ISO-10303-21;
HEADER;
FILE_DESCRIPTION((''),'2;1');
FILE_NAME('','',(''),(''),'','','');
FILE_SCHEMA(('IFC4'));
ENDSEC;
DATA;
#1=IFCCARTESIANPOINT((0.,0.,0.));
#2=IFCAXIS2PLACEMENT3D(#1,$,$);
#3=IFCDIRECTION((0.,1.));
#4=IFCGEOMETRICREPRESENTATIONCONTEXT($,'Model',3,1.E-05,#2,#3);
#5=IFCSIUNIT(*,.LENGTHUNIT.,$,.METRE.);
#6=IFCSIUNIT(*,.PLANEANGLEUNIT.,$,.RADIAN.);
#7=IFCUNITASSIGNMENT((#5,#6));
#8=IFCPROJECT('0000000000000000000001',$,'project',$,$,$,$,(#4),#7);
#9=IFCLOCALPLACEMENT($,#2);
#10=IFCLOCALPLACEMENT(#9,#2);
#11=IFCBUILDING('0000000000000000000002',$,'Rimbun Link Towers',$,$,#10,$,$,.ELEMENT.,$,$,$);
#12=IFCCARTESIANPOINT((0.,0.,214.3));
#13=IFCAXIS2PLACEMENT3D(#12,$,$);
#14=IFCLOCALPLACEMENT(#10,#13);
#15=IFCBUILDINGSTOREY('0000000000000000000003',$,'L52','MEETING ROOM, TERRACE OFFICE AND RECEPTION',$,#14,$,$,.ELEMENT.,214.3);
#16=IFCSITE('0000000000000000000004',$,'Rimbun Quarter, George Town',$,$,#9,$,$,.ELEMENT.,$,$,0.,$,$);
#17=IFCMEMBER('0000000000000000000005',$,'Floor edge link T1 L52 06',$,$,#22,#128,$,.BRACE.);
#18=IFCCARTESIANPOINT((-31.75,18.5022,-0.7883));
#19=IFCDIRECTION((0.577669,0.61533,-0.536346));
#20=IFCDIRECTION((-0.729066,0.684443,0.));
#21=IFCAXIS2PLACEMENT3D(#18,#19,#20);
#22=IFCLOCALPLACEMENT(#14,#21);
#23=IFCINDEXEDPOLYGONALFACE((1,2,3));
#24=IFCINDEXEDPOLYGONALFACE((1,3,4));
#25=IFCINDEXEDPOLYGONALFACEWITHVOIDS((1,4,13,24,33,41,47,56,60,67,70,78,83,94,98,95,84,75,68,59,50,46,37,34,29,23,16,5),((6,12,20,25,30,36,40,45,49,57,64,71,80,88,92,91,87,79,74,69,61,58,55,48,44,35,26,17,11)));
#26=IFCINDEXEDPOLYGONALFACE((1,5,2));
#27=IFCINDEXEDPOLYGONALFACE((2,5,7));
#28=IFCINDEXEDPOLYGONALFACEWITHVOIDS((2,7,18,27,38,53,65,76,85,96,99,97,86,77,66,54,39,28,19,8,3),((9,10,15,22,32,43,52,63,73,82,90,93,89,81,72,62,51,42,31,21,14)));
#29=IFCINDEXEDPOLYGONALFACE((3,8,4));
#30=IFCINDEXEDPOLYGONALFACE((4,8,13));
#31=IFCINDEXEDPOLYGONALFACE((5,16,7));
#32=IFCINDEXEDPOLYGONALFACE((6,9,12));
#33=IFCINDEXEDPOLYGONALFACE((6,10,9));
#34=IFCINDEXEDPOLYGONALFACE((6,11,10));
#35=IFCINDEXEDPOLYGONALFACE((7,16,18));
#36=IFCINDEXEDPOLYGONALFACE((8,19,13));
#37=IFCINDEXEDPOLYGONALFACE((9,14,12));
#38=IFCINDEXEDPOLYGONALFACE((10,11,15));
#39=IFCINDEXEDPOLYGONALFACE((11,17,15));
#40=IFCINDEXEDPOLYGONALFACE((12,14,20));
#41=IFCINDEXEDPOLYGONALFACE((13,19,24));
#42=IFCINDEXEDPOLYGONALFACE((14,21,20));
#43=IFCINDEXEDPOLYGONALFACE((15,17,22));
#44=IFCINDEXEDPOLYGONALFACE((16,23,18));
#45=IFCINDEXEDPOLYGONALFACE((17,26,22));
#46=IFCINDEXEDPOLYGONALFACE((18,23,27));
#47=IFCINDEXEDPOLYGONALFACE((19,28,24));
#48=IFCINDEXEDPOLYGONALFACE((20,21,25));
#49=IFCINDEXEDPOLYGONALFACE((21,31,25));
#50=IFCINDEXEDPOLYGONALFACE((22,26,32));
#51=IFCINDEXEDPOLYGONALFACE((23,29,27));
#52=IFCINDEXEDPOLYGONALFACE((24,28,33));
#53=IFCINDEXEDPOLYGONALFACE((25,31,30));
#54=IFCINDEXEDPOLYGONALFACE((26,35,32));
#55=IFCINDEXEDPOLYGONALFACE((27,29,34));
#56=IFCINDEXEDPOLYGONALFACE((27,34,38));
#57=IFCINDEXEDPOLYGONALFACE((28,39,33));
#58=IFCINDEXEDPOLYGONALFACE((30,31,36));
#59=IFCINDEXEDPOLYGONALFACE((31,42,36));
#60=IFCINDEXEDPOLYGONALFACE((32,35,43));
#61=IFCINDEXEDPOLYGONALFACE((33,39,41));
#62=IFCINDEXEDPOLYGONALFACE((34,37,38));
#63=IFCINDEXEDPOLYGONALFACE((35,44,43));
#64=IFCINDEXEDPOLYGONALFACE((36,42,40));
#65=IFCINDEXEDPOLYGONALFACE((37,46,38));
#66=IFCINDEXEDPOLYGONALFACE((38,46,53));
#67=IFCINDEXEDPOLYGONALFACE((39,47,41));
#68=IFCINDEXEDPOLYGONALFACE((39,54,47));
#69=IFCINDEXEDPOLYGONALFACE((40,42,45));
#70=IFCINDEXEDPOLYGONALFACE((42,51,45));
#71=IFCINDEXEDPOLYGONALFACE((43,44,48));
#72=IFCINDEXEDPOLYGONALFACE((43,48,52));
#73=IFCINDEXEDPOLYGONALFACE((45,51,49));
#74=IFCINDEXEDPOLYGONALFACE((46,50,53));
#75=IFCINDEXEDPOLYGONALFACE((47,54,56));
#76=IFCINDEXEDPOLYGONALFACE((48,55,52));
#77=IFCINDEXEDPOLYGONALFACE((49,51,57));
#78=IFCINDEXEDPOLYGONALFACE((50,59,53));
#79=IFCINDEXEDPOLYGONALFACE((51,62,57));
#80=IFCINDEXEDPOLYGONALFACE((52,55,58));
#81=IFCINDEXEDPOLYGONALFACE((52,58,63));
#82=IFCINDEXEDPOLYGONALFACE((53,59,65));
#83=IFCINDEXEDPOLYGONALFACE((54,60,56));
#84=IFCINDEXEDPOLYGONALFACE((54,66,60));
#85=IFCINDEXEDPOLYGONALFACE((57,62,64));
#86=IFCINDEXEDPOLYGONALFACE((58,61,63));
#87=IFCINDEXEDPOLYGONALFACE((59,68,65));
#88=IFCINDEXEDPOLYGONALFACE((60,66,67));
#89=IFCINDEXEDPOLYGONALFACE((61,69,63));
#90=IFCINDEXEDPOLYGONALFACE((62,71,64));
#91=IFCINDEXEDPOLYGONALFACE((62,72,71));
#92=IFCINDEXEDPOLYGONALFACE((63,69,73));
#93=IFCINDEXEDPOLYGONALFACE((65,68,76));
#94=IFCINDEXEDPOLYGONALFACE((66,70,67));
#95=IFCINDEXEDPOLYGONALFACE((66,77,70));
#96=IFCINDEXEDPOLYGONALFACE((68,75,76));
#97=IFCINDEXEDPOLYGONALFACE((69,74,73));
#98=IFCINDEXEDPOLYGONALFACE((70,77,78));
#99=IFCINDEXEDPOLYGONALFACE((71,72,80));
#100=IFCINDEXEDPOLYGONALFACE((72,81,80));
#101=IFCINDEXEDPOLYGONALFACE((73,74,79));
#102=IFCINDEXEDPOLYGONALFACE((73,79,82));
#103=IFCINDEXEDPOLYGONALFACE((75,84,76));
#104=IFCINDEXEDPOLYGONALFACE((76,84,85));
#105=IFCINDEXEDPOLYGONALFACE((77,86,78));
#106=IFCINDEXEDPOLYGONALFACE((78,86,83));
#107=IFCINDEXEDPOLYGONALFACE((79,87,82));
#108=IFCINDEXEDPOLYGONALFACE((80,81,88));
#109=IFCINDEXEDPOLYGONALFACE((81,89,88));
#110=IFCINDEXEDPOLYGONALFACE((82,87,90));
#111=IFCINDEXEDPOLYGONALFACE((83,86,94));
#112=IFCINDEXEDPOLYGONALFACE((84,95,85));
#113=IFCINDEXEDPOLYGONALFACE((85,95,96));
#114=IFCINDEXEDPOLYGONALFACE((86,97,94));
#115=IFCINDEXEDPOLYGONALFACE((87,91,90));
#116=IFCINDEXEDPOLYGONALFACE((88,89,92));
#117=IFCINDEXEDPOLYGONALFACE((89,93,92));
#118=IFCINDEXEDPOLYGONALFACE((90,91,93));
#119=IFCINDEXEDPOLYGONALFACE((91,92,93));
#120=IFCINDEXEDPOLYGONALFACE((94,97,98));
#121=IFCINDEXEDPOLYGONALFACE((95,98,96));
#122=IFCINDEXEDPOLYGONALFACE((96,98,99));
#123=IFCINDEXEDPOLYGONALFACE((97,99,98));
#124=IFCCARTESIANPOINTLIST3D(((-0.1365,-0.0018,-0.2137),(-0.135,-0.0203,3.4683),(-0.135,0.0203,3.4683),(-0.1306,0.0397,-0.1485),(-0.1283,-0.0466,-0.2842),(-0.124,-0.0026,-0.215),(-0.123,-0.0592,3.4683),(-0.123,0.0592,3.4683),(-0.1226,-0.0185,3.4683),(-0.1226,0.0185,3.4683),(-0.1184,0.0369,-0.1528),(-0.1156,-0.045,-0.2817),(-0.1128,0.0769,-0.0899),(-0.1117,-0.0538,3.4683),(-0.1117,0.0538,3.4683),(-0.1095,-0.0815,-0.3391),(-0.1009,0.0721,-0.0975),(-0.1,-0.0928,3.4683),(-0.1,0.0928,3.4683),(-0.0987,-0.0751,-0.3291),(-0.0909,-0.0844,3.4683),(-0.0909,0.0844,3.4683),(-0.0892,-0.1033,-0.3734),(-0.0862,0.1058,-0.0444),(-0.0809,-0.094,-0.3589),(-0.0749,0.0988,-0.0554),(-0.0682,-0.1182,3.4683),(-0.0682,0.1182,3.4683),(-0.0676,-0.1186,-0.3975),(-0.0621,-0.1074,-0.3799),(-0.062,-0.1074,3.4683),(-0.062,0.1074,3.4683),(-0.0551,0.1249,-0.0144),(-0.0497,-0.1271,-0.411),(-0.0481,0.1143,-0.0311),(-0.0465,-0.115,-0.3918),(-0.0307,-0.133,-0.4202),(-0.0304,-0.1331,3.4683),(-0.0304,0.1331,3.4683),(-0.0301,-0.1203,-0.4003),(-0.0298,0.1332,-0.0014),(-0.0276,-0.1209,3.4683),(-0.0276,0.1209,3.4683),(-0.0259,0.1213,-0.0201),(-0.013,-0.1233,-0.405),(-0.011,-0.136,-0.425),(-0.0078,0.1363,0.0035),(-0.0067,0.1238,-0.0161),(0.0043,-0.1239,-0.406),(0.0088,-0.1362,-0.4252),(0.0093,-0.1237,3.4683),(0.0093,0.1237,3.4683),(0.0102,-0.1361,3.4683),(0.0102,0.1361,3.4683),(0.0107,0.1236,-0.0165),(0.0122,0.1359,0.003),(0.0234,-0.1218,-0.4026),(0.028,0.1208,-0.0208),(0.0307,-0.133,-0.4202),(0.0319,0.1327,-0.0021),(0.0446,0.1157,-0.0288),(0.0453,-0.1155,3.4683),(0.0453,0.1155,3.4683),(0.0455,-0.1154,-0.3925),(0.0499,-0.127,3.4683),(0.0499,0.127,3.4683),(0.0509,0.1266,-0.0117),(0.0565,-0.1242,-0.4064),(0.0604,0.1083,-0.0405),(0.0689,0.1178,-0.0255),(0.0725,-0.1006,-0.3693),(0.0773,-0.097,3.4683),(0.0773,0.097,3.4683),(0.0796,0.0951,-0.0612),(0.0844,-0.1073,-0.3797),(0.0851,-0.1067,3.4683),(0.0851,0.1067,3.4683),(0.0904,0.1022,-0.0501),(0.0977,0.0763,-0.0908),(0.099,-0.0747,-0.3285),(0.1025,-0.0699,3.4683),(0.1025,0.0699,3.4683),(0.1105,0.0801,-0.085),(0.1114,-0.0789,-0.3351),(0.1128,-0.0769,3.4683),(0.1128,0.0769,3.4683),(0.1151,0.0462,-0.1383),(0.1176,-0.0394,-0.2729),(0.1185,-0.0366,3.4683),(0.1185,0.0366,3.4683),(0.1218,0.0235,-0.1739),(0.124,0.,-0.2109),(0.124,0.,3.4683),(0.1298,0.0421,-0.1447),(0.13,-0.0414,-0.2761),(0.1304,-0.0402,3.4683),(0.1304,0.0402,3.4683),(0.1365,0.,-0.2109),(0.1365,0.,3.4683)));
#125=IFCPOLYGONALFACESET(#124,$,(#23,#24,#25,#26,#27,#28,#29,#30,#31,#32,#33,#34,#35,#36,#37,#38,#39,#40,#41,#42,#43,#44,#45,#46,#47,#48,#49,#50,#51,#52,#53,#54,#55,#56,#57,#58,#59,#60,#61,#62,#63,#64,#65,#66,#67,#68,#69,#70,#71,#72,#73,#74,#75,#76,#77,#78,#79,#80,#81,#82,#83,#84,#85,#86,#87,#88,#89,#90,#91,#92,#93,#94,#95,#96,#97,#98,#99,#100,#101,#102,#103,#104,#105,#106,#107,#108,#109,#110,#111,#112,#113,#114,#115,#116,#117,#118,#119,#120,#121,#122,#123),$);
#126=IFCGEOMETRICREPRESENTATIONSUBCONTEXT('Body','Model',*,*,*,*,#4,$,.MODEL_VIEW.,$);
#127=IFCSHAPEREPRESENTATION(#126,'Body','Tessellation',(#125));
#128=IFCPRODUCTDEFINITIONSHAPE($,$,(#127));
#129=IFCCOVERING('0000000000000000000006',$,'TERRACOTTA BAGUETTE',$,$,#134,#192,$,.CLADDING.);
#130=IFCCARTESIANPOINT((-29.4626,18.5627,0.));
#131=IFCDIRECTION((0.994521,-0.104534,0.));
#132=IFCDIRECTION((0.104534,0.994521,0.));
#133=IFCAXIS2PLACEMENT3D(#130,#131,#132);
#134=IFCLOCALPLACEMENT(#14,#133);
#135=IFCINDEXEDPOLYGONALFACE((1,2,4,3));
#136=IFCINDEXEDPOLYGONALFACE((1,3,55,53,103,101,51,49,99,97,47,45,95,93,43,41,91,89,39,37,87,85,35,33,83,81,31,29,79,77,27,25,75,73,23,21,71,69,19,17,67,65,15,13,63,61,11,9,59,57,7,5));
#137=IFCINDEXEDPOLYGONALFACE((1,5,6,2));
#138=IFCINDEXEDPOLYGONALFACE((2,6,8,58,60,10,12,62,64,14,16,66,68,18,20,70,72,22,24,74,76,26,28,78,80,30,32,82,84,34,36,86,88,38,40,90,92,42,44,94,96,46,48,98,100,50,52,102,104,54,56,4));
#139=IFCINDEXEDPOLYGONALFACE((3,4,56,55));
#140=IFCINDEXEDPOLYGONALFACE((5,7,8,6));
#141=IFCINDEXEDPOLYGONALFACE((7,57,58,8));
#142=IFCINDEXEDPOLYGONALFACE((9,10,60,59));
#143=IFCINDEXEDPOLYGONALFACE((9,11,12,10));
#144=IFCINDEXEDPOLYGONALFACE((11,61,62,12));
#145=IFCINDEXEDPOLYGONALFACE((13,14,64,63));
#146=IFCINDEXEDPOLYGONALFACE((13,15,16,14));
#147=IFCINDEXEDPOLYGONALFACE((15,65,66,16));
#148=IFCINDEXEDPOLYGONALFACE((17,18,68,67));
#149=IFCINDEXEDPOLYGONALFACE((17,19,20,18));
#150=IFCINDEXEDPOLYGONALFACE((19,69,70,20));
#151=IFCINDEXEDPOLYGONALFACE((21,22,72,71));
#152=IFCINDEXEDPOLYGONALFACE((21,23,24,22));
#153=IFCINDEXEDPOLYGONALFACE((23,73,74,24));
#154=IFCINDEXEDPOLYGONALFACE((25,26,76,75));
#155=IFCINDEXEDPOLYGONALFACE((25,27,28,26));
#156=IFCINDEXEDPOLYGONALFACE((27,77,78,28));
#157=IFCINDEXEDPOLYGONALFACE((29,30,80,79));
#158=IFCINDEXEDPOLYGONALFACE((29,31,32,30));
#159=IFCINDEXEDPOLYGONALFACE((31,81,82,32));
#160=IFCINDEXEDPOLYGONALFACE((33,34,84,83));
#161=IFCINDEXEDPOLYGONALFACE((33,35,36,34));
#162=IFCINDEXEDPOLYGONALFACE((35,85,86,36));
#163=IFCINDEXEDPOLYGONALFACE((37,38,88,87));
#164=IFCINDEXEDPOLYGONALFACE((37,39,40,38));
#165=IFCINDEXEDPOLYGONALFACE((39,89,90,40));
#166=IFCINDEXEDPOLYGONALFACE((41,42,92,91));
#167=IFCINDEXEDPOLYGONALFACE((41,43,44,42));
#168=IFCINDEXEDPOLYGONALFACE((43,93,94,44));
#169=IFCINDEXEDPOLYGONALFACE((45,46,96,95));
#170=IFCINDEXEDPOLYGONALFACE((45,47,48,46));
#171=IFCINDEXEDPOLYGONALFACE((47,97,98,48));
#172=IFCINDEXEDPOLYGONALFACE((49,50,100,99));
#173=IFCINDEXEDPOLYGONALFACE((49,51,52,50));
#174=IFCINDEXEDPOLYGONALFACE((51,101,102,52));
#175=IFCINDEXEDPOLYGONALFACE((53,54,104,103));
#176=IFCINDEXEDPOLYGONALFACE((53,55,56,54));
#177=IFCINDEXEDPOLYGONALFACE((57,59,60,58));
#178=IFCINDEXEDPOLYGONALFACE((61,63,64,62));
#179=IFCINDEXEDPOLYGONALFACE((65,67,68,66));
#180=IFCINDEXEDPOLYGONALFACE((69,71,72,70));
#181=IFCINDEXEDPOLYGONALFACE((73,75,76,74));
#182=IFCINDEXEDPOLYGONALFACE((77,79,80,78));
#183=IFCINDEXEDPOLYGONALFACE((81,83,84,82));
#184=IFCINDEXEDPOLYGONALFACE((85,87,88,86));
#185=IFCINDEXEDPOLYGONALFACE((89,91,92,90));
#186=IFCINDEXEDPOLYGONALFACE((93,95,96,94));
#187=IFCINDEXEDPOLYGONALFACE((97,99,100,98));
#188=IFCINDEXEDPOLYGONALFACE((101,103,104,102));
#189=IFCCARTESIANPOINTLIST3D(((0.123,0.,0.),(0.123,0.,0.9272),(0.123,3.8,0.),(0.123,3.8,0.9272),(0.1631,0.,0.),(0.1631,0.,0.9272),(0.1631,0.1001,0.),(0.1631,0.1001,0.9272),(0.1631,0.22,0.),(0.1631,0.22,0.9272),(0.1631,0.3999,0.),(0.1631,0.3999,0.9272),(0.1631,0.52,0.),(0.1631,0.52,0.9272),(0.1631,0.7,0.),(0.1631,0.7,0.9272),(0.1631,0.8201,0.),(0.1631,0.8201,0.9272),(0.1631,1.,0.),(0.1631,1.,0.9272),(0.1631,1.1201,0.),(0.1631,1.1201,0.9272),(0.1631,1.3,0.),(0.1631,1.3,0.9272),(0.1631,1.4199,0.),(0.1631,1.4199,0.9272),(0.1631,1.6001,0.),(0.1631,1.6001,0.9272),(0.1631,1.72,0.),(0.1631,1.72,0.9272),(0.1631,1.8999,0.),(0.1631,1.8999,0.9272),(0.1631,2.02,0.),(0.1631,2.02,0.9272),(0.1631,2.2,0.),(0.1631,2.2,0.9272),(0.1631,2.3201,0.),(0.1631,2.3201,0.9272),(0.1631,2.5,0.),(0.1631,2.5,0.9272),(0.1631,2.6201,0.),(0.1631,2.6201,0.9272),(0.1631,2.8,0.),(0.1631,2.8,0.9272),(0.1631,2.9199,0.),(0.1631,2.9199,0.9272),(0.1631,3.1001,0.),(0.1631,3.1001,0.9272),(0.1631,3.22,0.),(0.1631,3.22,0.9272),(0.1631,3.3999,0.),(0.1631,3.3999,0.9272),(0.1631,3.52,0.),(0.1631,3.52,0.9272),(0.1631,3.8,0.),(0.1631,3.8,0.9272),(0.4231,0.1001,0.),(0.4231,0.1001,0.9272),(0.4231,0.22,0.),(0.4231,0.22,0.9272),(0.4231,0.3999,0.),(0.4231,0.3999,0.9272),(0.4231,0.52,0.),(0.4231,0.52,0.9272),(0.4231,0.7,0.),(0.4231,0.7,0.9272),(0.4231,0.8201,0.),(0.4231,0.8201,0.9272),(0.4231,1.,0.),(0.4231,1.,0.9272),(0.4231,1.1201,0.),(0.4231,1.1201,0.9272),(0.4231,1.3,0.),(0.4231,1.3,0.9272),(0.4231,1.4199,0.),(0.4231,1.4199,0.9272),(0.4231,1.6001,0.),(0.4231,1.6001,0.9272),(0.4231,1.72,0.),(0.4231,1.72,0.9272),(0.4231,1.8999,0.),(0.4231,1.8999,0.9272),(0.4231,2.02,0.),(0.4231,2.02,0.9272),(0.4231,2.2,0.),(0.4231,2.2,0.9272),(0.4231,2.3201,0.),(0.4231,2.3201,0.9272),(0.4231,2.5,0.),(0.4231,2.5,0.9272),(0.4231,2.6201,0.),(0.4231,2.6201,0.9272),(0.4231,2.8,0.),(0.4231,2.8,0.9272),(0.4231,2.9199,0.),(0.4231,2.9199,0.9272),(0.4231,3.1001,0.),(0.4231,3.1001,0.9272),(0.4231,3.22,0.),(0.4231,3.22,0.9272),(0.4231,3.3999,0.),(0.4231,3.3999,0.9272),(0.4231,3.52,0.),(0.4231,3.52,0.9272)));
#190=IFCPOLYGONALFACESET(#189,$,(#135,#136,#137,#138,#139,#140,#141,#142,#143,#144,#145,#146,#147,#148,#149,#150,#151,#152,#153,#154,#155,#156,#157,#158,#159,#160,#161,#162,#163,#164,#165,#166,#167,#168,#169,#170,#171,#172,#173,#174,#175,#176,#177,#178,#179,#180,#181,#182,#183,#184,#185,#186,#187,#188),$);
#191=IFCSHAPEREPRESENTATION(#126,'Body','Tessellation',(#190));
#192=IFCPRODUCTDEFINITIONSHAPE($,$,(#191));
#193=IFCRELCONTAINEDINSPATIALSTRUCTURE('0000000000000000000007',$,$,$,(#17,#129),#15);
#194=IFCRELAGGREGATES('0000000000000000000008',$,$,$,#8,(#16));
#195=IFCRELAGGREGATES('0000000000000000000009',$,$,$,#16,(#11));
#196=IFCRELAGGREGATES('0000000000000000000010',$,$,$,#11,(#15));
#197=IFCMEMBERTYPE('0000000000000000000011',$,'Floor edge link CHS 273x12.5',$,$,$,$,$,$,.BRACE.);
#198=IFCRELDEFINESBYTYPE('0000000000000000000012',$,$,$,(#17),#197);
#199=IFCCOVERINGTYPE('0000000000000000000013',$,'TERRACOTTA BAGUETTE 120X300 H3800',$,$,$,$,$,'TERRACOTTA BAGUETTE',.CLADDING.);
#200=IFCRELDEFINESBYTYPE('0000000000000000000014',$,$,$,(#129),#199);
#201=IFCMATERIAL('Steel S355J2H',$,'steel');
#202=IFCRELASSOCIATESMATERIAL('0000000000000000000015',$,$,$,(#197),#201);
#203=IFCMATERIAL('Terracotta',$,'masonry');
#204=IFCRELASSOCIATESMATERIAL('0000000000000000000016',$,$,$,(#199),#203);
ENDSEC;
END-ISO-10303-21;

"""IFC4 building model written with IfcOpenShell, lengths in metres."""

from ifc_helpers import new_model, si_unit, direction, frame, origin, origin_2d, place, context, subcontext, project, spatial, polyline, hollow_circle, outline, extrude, clip, halfspace, material, material_profile, profile_set, type_object, element, save


model = new_model("IFC4")

# Units and contexts
model_context = context("Model", 3, precision=1e-05, world=origin(), true_north=direction((0.0, 1.0)))
body_context = subcontext(model_context, "Body", "Model", "MODEL_VIEW")
ifc_project = project(units=[si_unit("LENGTHUNIT", "METRE"), si_unit("PLANEANGLEUNIT", "RADIAN")], contexts=[model_context])

# Site, building, storey
site_placement = place(None, origin())
site = spatial("IfcSite", under=ifc_project, at=site_placement, Name="Rimbun Quarter, George Town", CompositionType="ELEMENT", RefElevation=0.0)
building_placement = place(site_placement, origin())
building = spatial("IfcBuilding", under=site, at=building_placement, Name="Rimbun Link Towers", CompositionType="ELEMENT")
storey_placement = place(building_placement, frame((0.0, 0.0, 214.3)))
storey = spatial("IfcBuildingStorey", under=building, at=storey_placement, Name="L52", Description="MEETING ROOM, TERRACE OFFICE AND RECEPTION", CompositionType="ELEMENT", Elevation=214.3)

# Member
ifc_material_1 = material(Name="Steel S355J2H", Category="steel")
ifc_material_profile_1 = material_profile(ifc_material_1, hollow_circle(Radius=0.1365, WallThickness=0.0125, at=origin_2d()), Name="CHS 273x12.5")
ifc_profile_set_1 = profile_set([ifc_material_profile_1], Name="Steel S355J2H")
member_type_1 = type_object("IfcMemberType", Name="Floor edge link CHS 273x12.5", PredefinedType="BRACE", material=ifc_profile_set_1)
member_1_placement = place(storey_placement, frame((-31.75, 18.5022, -0.7883), z_axis=(0.577669, 0.61533, -0.536346), x_axis=(-0.729066, 0.684443, 0.0)))
element("IfcMember", 1, at=member_1_placement, inside=storey, type_object=member_type_1, Name="Floor edge link T1 L52 06", PredefinedType="BRACE", context=body_context, shape_type="Clipping", body=[
    clip(extrude(hollow_circle(Radius=0.1365, WallThickness=0.0125, at=origin_2d()), frame((0.0, 0.0, -0.4482)), (0.0, 0.0, 1.0), 3.9165), halfspace(frame((0.0, 0.0, -0.2109), z_axis=(0.0, 0.843998, -0.536346)), False)),
])

# Covering
ifc_material_2 = material(Name="Terracotta", Category="masonry")
ifc_material_profile_2 = material_profile(ifc_material_2, outline(polyline([(0.123, 0.0), (0.1631, 0.0), (0.1631, 0.1001), (0.4231, 0.1001), (0.4231, 0.22), (0.1631, 0.22), (0.1631, 0.3999), (0.4231, 0.3999), (0.4231, 0.52), (0.1631, 0.52), (0.1631, 0.7), (0.4231, 0.7), (0.4231, 0.8201), (0.1631, 0.8201), (0.1631, 1.0), (0.4231, 1.0), (0.4231, 1.1201), (0.1631, 1.1201), (0.1631, 1.3), (0.4231, 1.3), (0.4231, 1.4199), (0.1631, 1.4199), (0.1631, 1.6001), (0.4231, 1.6001), (0.4231, 1.72), (0.1631, 1.72), (0.1631, 1.8999), (0.4231, 1.8999), (0.4231, 2.02), (0.1631, 2.02), (0.1631, 2.2), (0.4231, 2.2), (0.4231, 2.3201), (0.1631, 2.3201), (0.1631, 2.5), (0.4231, 2.5), (0.4231, 2.6201), (0.1631, 2.6201), (0.1631, 2.8), (0.4231, 2.8), (0.4231, 2.9199), (0.1631, 2.9199), (0.1631, 3.1001), (0.4231, 3.1001), (0.4231, 3.22), (0.1631, 3.22), (0.1631, 3.3999), (0.4231, 3.3999), (0.4231, 3.52), (0.1631, 3.52), (0.1631, 3.8), (0.123, 3.8), (0.123, 0.0)])), Name="BAGUETTE 120X300")
ifc_profile_set_2 = profile_set([ifc_material_profile_2], Name="Terracotta")
covering_type = type_object("IfcCoveringType", Name="TERRACOTTA BAGUETTE 120X300 H3800", ElementType="TERRACOTTA BAGUETTE", PredefinedType="CLADDING", material=ifc_profile_set_2)
covering_1_placement = place(storey_placement, frame((-29.4626, 18.5627, 0.0), z_axis=(0.994521, -0.104534, 0.0), x_axis=(0.104534, 0.994521, 0.0)))
element("IfcCovering", 2, at=covering_1_placement, inside=storey, type_object=covering_type, Name="TERRACOTTA BAGUETTE", PredefinedType="CLADDING", context=body_context, shape_type="SweptSolid", body=[
    extrude(outline(polyline([(0.123, 0.0), (0.1631, 0.0), (0.1631, 0.1001), (0.4231, 0.1001), (0.4231, 0.22), (0.1631, 0.22), (0.1631, 0.3999), (0.4231, 0.3999), (0.4231, 0.52), (0.1631, 0.52), (0.1631, 0.7), (0.4231, 0.7), (0.4231, 0.8201), (0.1631, 0.8201), (0.1631, 1.0), (0.4231, 1.0), (0.4231, 1.1201), (0.1631, 1.1201), (0.1631, 1.3), (0.4231, 1.3), (0.4231, 1.4199), (0.1631, 1.4199), (0.1631, 1.6001), (0.4231, 1.6001), (0.4231, 1.72), (0.1631, 1.72), (0.1631, 1.8999), (0.4231, 1.8999), (0.4231, 2.02), (0.1631, 2.02), (0.1631, 2.2), (0.4231, 2.2), (0.4231, 2.3201), (0.1631, 2.3201), (0.1631, 2.5), (0.4231, 2.5), (0.4231, 2.6201), (0.1631, 2.6201), (0.1631, 2.8), (0.4231, 2.8), (0.4231, 2.9199), (0.1631, 2.9199), (0.1631, 3.1001), (0.4231, 3.1001), (0.4231, 3.22), (0.1631, 3.22), (0.1631, 3.3999), (0.4231, 3.3999), (0.4231, 3.52), (0.1631, 3.52), (0.1631, 3.8), (0.123, 3.8), (0.123, 0.0)])), origin(), (0.0, 0.0, 1.0), 0.9272),
])

save(model, "model.ifc")
